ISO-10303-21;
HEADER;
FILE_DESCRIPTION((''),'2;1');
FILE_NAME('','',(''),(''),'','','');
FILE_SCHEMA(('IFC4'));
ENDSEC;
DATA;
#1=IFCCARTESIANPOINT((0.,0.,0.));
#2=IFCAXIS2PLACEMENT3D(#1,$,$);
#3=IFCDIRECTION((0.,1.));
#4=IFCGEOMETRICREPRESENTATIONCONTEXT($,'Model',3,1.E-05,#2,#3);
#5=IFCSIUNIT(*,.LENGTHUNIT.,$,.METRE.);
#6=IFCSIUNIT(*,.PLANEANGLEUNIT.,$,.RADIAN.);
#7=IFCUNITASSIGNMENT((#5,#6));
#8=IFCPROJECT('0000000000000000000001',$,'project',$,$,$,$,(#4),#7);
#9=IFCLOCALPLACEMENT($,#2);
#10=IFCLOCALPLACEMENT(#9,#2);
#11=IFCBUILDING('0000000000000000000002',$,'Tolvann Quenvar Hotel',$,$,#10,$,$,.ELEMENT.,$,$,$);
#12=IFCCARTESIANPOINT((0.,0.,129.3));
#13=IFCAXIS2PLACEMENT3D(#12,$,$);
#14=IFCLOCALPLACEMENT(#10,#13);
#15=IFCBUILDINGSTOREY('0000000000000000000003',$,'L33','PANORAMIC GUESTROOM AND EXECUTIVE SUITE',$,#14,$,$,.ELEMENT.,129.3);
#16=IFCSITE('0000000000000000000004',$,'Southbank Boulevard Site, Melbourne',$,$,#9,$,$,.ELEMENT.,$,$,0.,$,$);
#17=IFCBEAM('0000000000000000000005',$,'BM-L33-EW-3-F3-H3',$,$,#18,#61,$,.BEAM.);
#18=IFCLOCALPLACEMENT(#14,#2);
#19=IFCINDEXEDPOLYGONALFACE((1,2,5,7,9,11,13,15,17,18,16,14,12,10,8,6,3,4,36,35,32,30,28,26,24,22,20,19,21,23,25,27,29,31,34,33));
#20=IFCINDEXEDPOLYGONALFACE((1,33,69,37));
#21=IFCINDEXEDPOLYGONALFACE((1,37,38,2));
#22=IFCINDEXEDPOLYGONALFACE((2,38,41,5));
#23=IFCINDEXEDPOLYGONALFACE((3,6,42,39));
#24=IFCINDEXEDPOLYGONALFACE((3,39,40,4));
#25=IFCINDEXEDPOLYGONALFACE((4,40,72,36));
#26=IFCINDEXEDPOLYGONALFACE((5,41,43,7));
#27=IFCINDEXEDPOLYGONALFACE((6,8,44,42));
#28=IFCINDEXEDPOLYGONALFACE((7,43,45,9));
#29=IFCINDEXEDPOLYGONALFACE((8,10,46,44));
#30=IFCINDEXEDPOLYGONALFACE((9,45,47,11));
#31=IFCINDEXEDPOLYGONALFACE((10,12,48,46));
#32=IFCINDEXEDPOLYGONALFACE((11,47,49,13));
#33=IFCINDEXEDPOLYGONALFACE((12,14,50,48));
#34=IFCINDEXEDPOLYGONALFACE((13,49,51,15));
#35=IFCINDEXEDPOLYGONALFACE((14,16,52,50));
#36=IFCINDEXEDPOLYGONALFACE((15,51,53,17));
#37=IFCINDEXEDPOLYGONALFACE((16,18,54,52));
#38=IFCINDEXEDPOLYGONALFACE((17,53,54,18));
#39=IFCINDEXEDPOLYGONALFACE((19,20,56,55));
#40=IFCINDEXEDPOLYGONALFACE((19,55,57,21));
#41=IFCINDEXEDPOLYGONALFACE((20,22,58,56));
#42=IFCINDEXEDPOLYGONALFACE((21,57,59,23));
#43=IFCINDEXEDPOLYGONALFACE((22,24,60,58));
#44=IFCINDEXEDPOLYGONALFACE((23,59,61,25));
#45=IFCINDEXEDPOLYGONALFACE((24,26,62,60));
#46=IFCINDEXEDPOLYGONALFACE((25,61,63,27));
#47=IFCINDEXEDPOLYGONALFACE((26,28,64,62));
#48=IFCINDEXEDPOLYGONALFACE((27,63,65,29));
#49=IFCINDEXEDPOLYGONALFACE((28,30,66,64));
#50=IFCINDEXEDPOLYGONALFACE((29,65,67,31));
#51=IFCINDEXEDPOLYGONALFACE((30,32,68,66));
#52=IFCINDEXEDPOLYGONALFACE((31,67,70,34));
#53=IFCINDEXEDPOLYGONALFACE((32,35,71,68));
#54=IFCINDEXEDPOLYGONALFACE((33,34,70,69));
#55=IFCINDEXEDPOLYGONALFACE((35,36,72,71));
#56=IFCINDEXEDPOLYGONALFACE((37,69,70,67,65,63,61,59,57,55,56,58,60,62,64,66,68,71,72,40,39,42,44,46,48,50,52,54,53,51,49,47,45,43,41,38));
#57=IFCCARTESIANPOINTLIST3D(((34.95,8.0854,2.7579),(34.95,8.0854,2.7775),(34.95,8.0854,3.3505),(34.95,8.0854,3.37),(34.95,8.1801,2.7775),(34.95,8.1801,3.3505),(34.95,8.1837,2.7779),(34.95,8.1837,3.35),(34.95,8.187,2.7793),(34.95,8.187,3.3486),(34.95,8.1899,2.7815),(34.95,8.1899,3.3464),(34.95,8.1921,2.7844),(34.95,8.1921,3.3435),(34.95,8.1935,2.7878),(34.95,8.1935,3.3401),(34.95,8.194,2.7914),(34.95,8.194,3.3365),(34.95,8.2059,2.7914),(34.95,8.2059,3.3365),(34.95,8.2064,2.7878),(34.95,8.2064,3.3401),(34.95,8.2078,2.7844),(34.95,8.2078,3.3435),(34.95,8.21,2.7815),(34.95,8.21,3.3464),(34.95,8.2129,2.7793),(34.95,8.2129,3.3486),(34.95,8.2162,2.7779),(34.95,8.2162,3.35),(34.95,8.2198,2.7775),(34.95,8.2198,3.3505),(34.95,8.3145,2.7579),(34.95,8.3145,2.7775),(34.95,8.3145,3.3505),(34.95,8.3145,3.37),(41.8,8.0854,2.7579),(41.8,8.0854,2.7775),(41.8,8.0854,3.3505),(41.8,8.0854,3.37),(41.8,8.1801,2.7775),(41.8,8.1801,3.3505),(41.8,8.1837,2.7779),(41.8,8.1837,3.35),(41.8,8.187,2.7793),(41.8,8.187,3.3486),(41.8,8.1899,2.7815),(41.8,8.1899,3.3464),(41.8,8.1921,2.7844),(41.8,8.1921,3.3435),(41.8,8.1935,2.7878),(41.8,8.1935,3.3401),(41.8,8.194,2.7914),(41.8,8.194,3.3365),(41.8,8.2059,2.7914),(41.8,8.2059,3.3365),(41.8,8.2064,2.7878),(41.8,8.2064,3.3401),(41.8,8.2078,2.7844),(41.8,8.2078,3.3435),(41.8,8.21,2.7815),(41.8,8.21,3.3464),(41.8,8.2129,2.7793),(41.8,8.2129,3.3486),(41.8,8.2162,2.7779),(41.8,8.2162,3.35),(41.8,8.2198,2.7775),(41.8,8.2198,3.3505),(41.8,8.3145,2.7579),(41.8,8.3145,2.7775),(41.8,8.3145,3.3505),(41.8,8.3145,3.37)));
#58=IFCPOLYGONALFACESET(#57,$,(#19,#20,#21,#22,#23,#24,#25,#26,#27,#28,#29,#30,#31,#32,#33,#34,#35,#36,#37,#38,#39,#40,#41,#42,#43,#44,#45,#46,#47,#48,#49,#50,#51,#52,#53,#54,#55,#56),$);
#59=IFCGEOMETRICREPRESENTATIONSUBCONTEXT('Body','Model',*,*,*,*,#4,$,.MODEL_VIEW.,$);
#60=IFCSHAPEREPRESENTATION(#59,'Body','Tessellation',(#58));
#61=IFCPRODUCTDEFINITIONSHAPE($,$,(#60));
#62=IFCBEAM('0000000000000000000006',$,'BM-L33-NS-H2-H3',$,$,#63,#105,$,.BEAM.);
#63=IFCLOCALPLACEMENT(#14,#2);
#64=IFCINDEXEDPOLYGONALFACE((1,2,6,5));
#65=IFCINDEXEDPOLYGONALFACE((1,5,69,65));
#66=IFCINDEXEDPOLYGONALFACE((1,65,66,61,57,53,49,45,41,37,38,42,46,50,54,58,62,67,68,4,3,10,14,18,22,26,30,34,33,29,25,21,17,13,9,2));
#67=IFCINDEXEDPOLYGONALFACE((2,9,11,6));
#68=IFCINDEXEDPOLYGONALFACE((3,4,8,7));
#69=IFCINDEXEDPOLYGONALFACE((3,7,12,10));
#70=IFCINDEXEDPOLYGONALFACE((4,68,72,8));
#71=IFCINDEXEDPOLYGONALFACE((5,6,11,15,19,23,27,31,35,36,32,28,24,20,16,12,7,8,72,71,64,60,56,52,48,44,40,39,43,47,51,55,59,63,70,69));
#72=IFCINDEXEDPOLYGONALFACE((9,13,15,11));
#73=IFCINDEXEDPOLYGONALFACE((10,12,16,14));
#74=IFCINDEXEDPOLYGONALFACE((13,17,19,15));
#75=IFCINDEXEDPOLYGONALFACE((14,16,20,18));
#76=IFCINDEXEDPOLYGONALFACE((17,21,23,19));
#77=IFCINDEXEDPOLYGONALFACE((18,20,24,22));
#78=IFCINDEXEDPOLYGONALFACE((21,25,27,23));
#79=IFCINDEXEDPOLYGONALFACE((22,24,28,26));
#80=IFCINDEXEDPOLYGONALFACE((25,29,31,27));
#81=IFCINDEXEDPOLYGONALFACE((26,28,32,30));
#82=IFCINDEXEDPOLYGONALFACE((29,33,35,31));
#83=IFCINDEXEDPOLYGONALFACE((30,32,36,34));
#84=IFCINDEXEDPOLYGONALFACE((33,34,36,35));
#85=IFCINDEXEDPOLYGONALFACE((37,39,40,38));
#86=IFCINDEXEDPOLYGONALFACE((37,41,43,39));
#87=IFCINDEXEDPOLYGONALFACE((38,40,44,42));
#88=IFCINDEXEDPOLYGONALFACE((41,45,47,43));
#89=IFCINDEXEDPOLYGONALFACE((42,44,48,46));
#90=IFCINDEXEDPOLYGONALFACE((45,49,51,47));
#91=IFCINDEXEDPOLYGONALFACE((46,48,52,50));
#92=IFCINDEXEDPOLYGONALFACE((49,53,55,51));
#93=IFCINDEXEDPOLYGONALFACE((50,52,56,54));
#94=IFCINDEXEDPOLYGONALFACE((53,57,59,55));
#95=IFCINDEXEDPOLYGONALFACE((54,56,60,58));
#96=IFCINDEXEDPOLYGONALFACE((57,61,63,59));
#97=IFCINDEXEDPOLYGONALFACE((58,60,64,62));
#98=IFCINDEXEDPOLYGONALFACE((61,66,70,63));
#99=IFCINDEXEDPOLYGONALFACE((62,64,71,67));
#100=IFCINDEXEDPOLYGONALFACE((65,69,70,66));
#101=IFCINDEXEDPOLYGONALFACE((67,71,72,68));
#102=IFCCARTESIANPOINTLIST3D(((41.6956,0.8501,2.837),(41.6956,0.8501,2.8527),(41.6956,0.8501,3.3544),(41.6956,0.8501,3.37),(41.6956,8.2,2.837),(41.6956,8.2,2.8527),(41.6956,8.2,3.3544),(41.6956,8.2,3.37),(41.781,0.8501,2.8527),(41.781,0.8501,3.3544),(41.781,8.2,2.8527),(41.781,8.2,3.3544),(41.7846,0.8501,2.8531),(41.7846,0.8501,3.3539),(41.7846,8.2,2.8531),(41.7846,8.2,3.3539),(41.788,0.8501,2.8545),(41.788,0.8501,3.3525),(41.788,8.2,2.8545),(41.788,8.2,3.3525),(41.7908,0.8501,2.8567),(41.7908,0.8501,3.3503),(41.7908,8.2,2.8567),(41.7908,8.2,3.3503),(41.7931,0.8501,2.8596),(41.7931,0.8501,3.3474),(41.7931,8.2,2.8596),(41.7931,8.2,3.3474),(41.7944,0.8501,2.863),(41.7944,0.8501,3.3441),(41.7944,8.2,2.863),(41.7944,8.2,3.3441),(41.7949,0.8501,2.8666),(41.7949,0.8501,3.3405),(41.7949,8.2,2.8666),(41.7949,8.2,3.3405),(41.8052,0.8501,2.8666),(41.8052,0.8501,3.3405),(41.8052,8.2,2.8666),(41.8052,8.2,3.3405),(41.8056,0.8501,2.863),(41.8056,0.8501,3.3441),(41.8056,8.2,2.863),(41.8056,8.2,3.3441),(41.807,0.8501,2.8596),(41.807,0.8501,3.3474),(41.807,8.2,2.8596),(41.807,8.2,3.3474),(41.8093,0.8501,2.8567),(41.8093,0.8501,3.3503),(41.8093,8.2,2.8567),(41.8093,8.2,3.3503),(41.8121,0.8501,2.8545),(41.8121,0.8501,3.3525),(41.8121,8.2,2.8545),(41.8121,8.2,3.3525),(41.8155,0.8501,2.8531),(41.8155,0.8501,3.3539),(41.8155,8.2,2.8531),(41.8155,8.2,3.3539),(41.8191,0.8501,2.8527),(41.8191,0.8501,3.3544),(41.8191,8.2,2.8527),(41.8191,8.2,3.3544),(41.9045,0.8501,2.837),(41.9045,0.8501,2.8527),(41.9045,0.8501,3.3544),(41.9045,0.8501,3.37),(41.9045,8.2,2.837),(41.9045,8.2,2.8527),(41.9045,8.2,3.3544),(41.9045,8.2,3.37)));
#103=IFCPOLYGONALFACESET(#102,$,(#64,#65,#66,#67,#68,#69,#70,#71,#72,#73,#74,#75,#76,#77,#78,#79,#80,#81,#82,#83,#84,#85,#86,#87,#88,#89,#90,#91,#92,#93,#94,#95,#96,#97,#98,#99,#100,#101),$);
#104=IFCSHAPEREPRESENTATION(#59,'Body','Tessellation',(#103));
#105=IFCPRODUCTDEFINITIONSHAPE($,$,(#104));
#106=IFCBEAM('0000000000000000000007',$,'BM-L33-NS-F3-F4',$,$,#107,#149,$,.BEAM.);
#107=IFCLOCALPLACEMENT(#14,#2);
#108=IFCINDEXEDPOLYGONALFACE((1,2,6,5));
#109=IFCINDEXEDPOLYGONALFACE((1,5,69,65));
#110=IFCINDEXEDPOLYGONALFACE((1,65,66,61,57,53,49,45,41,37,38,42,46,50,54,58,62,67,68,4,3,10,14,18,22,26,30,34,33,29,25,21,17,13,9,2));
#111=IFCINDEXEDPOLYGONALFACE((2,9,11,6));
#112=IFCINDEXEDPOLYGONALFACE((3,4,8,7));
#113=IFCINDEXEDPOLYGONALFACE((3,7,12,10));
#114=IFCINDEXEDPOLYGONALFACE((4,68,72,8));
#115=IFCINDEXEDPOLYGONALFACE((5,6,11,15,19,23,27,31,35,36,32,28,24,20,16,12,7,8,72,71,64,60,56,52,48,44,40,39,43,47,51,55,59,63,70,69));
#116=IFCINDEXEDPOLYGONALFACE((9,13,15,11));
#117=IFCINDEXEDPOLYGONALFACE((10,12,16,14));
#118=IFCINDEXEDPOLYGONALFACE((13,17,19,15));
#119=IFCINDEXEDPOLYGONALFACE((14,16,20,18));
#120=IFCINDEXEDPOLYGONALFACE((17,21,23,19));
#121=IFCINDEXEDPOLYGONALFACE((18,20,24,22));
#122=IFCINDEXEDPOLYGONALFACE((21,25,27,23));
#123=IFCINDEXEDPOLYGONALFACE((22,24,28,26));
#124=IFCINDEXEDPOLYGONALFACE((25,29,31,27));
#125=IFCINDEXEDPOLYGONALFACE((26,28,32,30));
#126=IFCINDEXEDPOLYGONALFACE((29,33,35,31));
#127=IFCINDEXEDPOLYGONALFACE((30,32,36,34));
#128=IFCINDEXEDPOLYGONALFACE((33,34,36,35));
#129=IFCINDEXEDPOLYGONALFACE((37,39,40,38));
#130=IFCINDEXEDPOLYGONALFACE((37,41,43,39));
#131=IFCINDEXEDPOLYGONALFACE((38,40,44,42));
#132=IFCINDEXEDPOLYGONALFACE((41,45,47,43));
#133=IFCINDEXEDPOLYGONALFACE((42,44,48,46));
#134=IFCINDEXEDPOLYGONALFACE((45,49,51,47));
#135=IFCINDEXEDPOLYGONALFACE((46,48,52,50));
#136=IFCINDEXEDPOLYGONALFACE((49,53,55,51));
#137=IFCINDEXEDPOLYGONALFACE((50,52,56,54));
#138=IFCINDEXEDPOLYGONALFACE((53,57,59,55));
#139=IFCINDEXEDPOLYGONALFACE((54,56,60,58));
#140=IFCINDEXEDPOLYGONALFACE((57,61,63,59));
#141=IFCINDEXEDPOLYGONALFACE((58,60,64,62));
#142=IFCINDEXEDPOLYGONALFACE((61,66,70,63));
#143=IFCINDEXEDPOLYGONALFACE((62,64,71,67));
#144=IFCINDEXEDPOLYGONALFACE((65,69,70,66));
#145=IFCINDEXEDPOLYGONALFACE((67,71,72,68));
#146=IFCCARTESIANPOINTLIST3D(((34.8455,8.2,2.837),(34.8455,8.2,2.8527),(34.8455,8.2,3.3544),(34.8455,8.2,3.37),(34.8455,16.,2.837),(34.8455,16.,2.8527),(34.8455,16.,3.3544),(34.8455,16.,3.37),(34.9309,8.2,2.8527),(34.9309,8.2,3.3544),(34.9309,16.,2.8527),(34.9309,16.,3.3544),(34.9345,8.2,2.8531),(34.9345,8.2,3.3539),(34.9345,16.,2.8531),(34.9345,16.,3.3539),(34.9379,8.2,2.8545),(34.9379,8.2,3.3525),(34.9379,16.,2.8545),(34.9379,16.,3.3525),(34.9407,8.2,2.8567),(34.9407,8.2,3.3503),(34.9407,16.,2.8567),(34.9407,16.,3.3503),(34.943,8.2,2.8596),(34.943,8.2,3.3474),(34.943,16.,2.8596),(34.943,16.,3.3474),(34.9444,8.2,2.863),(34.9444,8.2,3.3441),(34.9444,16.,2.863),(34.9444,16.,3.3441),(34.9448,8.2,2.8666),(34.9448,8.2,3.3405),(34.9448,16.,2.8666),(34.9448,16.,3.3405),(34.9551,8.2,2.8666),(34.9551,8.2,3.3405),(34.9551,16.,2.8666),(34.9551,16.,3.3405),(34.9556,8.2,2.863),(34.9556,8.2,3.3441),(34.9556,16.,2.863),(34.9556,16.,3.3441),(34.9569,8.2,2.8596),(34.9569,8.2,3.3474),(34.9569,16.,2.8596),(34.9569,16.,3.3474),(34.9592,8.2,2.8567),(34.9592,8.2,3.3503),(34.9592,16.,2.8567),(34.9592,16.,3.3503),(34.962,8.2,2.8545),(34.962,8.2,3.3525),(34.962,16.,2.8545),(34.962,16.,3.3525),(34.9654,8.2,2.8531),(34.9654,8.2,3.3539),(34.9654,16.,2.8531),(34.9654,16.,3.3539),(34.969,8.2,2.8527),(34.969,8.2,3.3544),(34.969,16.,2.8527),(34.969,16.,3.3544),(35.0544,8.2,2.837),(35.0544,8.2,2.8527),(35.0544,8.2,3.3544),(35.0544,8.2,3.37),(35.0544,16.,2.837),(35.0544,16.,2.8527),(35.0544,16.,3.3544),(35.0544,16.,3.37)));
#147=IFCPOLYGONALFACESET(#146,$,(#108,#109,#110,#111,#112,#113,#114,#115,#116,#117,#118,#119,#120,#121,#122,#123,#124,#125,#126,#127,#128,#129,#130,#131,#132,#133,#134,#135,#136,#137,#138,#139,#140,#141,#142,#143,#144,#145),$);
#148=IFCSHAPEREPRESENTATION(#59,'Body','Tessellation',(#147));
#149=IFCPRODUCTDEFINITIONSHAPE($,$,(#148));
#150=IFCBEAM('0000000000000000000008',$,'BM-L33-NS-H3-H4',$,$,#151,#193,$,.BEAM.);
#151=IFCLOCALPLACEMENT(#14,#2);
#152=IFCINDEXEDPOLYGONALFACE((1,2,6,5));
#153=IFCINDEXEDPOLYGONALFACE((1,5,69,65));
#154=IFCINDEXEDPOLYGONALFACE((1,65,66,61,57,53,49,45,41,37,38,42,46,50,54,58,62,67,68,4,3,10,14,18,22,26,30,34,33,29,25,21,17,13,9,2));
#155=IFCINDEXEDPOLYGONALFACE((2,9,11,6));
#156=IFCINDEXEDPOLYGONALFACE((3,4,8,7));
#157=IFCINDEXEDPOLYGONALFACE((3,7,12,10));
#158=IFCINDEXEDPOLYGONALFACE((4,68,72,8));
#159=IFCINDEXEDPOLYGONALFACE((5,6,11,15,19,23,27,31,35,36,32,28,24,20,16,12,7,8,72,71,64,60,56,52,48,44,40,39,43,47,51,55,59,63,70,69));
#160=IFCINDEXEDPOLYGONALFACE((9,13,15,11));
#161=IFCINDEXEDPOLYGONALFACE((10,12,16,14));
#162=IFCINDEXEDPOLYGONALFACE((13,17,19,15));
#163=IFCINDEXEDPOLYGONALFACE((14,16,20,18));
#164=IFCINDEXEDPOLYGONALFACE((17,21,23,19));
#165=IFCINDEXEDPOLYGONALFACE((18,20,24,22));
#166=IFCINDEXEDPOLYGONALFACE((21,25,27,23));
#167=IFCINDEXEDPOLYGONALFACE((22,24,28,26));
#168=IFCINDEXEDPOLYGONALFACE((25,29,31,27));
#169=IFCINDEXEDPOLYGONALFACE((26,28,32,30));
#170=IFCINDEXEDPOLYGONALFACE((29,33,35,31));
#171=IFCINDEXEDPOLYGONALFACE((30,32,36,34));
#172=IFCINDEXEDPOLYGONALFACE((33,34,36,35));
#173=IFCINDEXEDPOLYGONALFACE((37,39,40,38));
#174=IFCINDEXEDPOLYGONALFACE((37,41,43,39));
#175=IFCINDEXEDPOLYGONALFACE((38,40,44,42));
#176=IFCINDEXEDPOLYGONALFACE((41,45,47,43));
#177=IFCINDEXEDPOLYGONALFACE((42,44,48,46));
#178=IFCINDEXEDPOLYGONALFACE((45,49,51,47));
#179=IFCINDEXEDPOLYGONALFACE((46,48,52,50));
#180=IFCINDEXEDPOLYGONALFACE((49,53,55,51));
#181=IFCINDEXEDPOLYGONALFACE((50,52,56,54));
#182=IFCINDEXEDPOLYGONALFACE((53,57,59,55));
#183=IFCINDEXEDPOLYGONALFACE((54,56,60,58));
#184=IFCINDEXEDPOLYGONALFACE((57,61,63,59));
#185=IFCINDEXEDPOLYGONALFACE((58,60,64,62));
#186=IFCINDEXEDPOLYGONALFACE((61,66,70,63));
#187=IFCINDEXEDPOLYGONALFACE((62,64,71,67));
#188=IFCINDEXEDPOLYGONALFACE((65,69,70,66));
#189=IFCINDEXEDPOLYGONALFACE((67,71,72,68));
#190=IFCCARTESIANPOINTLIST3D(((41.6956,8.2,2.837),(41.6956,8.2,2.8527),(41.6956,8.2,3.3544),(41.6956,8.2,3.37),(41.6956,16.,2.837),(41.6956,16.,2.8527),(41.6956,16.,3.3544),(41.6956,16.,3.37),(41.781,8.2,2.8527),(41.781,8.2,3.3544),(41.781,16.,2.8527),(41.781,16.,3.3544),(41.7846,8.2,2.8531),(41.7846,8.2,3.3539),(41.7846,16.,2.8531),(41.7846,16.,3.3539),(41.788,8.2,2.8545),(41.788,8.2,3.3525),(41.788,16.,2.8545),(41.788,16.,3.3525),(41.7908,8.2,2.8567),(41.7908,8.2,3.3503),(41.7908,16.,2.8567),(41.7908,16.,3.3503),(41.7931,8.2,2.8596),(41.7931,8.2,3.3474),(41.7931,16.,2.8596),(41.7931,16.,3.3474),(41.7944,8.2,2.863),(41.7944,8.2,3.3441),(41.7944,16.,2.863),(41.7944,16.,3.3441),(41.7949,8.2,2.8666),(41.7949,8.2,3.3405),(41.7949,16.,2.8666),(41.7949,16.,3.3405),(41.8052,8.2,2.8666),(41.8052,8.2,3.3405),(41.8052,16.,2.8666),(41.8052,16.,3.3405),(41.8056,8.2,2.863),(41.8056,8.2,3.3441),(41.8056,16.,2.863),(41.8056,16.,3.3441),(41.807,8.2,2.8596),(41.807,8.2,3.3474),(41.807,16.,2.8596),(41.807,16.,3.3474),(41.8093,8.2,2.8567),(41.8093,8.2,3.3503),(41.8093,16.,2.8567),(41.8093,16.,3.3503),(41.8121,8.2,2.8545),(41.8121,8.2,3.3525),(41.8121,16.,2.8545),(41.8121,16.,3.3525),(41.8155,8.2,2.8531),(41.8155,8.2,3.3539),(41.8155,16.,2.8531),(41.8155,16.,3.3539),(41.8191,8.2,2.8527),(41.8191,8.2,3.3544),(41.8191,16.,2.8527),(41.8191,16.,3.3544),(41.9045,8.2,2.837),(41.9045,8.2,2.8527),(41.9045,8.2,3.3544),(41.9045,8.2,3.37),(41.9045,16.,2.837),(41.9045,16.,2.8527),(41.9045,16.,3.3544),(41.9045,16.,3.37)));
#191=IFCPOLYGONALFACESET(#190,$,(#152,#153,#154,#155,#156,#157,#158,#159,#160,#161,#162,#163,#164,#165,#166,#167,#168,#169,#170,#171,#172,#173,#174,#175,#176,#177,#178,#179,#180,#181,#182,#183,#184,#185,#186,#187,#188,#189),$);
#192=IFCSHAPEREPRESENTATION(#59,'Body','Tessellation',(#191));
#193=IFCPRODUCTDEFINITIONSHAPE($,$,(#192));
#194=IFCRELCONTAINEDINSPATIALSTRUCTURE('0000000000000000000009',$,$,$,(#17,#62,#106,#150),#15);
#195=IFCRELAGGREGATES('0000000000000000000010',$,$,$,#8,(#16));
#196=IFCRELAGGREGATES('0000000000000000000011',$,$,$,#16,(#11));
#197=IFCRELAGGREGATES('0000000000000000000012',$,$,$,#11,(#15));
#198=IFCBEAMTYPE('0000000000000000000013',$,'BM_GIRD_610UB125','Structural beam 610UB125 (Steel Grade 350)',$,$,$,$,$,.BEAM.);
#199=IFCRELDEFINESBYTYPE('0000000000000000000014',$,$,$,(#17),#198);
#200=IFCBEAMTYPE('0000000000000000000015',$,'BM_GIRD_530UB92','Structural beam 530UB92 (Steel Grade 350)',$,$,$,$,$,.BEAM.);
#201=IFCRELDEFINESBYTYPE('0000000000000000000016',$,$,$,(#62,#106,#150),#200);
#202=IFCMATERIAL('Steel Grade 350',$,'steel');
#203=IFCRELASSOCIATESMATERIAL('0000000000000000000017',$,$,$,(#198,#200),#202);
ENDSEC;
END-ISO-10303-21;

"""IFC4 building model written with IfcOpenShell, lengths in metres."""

from ifc_helpers import new_model, si_unit, direction, frame, origin, origin_2d, place, context, subcontext, project, spatial, i_section, extrude, source, transform, mapped, material, material_profile, profile_set, type_object, type_shapes, element, save


model = new_model("IFC4")

# Units and contexts
model_context = context("Model", 3, precision=1e-05, world=origin(), true_north=direction((0.0, 1.0)))
body_context = subcontext(model_context, "Body", "Model", "MODEL_VIEW")
ifc_project = project(units=[si_unit("LENGTHUNIT", "METRE"), si_unit("PLANEANGLEUNIT", "RADIAN")], contexts=[model_context])

# Site, building, storey
site_placement = place(None, origin())
site = spatial("IfcSite", under=ifc_project, at=site_placement, Name="Southbank Boulevard Site, Melbourne", CompositionType="ELEMENT", RefElevation=0.0)
building_placement = place(site_placement, origin())
building = spatial("IfcBuilding", under=site, at=building_placement, Name="Tolvann Quenvar Hotel", CompositionType="ELEMENT")
storey_placement = place(building_placement, frame((0.0, 0.0, 129.3)))
storey = spatial("IfcBuildingStorey", under=building, at=storey_placement, Name="L33", Description="PANORAMIC GUESTROOM AND EXECUTIVE SUITE", CompositionType="ELEMENT", Elevation=129.3)

# Shared definitions
ifc_material_1 = material(Name="Steel Grade 350", Category="steel")

# Beams
ifc_material_profile_1 = material_profile(ifc_material_1, i_section(OverallWidth=0.229, OverallDepth=0.6121, WebThickness=0.012, FlangeThickness=0.0195, FilletRadius=0.0139, at=origin_2d()), Name="610UB125")
ifc_profile_set_1 = profile_set([ifc_material_profile_1], Name="Steel Grade 350")
beam_type_1 = type_object("IfcBeamType", Name="BM_GIRD_610UB125", Description="Structural beam 610UB125 (Steel Grade 350)", PredefinedType="BEAM", material=ifc_profile_set_1)
shared_shape_1 = source(origin(), body_context, "Body", "SweptSolid", [
    extrude(i_section(OverallWidth=0.229, OverallDepth=0.6121, WebThickness=0.012, FlangeThickness=0.0195, FilletRadius=0.0139, at=origin_2d()), origin(), (0.0, 0.0, 1.0), 6.8501),
])
beam_1_placement = place(storey_placement, frame((34.95, 8.2, 3.064), z_axis=(1.0, 0.0, 0.0), x_axis=(0.0, 1.0, 0.0)))
element("IfcBeam", 1, at=beam_1_placement, inside=storey, type_object=beam_type_1, Name="BM-L33-EW-3-F3-H3", PredefinedType="BEAM", context=body_context, shape_type="MappedRepresentation", body=[
    mapped(shared_shape_1, transform((0.0, 0.0, 0.0), x_axis=(1.0, 0.0, 0.0), y_axis=(0.0, 1.0, 0.0), z_axis=(0.0, 0.0, 1.0), scale=1.0)),
])
ifc_material_profile_2 = material_profile(ifc_material_1, i_section(OverallWidth=0.209, OverallDepth=0.533, WebThickness=0.0103, FlangeThickness=0.0156, FilletRadius=0.0139, at=origin_2d()), Name="530UB92")
ifc_profile_set_2 = profile_set([ifc_material_profile_2], Name="Steel Grade 350")
beam_type_2 = type_object("IfcBeamType", Name="BM_GIRD_530UB92", Description="Structural beam 530UB92 (Steel Grade 350)", PredefinedType="BEAM", material=ifc_profile_set_2)
shared_shape_2 = source(origin(), body_context, "Body", "SweptSolid", [
    extrude(i_section(OverallWidth=0.209, OverallDepth=0.533, WebThickness=0.0103, FlangeThickness=0.0156, FilletRadius=0.0139, at=origin_2d()), origin(), (0.0, 0.0, 1.0), 7.3499),
])
beam_2_placement = place(storey_placement, frame((41.8, 0.8501, 3.1035), z_axis=(0.0, 1.0, 0.0), x_axis=(-1.0, 0.0, 0.0)))
element("IfcBeam", 2, at=beam_2_placement, inside=storey, type_object=beam_type_2, Name="BM-L33-NS-H2-H3", PredefinedType="BEAM", context=body_context, shape_type="MappedRepresentation", body=[
    mapped(shared_shape_2, transform((0.0, 0.0, 0.0), x_axis=(1.0, 0.0, 0.0), y_axis=(0.0, 1.0, 0.0), z_axis=(0.0, 0.0, 1.0), scale=1.0)),
])
shared_shape_3 = source(origin(), body_context, "Body", "SweptSolid", [
    extrude(i_section(OverallWidth=0.209, OverallDepth=0.533, WebThickness=0.0103, FlangeThickness=0.0156, FilletRadius=0.0139, at=origin_2d()), origin(), (0.0, 0.0, 1.0), 7.8),
])
type_shapes(beam_type_2, [shared_shape_2, shared_shape_3])
for number, where, z_axis, x_axis, name in (
    (3, (34.95, 8.2, 3.1035), (0.0, 1.0, 0.0), (-1.0, 0.0, 0.0), "BM-L33-NS-F3-F4"),
    (4, (41.8, 8.2, 3.1035), (0.0, 1.0, 0.0), (-1.0, 0.0, 0.0), "BM-L33-NS-H3-H4"),
):
    element("IfcBeam", number, at=place(storey_placement, frame(where, z_axis=z_axis, x_axis=x_axis)), inside=storey, type_object=beam_type_2, Name=name, PredefinedType="BEAM", context=body_context, shape_type="MappedRepresentation", body=[
        mapped(shared_shape_3, transform((0.0, 0.0, 0.0), x_axis=(1.0, 0.0, 0.0), y_axis=(0.0, 1.0, 0.0), z_axis=(0.0, 0.0, 1.0), scale=1.0)),
    ])

save(model, "model.ifc")
